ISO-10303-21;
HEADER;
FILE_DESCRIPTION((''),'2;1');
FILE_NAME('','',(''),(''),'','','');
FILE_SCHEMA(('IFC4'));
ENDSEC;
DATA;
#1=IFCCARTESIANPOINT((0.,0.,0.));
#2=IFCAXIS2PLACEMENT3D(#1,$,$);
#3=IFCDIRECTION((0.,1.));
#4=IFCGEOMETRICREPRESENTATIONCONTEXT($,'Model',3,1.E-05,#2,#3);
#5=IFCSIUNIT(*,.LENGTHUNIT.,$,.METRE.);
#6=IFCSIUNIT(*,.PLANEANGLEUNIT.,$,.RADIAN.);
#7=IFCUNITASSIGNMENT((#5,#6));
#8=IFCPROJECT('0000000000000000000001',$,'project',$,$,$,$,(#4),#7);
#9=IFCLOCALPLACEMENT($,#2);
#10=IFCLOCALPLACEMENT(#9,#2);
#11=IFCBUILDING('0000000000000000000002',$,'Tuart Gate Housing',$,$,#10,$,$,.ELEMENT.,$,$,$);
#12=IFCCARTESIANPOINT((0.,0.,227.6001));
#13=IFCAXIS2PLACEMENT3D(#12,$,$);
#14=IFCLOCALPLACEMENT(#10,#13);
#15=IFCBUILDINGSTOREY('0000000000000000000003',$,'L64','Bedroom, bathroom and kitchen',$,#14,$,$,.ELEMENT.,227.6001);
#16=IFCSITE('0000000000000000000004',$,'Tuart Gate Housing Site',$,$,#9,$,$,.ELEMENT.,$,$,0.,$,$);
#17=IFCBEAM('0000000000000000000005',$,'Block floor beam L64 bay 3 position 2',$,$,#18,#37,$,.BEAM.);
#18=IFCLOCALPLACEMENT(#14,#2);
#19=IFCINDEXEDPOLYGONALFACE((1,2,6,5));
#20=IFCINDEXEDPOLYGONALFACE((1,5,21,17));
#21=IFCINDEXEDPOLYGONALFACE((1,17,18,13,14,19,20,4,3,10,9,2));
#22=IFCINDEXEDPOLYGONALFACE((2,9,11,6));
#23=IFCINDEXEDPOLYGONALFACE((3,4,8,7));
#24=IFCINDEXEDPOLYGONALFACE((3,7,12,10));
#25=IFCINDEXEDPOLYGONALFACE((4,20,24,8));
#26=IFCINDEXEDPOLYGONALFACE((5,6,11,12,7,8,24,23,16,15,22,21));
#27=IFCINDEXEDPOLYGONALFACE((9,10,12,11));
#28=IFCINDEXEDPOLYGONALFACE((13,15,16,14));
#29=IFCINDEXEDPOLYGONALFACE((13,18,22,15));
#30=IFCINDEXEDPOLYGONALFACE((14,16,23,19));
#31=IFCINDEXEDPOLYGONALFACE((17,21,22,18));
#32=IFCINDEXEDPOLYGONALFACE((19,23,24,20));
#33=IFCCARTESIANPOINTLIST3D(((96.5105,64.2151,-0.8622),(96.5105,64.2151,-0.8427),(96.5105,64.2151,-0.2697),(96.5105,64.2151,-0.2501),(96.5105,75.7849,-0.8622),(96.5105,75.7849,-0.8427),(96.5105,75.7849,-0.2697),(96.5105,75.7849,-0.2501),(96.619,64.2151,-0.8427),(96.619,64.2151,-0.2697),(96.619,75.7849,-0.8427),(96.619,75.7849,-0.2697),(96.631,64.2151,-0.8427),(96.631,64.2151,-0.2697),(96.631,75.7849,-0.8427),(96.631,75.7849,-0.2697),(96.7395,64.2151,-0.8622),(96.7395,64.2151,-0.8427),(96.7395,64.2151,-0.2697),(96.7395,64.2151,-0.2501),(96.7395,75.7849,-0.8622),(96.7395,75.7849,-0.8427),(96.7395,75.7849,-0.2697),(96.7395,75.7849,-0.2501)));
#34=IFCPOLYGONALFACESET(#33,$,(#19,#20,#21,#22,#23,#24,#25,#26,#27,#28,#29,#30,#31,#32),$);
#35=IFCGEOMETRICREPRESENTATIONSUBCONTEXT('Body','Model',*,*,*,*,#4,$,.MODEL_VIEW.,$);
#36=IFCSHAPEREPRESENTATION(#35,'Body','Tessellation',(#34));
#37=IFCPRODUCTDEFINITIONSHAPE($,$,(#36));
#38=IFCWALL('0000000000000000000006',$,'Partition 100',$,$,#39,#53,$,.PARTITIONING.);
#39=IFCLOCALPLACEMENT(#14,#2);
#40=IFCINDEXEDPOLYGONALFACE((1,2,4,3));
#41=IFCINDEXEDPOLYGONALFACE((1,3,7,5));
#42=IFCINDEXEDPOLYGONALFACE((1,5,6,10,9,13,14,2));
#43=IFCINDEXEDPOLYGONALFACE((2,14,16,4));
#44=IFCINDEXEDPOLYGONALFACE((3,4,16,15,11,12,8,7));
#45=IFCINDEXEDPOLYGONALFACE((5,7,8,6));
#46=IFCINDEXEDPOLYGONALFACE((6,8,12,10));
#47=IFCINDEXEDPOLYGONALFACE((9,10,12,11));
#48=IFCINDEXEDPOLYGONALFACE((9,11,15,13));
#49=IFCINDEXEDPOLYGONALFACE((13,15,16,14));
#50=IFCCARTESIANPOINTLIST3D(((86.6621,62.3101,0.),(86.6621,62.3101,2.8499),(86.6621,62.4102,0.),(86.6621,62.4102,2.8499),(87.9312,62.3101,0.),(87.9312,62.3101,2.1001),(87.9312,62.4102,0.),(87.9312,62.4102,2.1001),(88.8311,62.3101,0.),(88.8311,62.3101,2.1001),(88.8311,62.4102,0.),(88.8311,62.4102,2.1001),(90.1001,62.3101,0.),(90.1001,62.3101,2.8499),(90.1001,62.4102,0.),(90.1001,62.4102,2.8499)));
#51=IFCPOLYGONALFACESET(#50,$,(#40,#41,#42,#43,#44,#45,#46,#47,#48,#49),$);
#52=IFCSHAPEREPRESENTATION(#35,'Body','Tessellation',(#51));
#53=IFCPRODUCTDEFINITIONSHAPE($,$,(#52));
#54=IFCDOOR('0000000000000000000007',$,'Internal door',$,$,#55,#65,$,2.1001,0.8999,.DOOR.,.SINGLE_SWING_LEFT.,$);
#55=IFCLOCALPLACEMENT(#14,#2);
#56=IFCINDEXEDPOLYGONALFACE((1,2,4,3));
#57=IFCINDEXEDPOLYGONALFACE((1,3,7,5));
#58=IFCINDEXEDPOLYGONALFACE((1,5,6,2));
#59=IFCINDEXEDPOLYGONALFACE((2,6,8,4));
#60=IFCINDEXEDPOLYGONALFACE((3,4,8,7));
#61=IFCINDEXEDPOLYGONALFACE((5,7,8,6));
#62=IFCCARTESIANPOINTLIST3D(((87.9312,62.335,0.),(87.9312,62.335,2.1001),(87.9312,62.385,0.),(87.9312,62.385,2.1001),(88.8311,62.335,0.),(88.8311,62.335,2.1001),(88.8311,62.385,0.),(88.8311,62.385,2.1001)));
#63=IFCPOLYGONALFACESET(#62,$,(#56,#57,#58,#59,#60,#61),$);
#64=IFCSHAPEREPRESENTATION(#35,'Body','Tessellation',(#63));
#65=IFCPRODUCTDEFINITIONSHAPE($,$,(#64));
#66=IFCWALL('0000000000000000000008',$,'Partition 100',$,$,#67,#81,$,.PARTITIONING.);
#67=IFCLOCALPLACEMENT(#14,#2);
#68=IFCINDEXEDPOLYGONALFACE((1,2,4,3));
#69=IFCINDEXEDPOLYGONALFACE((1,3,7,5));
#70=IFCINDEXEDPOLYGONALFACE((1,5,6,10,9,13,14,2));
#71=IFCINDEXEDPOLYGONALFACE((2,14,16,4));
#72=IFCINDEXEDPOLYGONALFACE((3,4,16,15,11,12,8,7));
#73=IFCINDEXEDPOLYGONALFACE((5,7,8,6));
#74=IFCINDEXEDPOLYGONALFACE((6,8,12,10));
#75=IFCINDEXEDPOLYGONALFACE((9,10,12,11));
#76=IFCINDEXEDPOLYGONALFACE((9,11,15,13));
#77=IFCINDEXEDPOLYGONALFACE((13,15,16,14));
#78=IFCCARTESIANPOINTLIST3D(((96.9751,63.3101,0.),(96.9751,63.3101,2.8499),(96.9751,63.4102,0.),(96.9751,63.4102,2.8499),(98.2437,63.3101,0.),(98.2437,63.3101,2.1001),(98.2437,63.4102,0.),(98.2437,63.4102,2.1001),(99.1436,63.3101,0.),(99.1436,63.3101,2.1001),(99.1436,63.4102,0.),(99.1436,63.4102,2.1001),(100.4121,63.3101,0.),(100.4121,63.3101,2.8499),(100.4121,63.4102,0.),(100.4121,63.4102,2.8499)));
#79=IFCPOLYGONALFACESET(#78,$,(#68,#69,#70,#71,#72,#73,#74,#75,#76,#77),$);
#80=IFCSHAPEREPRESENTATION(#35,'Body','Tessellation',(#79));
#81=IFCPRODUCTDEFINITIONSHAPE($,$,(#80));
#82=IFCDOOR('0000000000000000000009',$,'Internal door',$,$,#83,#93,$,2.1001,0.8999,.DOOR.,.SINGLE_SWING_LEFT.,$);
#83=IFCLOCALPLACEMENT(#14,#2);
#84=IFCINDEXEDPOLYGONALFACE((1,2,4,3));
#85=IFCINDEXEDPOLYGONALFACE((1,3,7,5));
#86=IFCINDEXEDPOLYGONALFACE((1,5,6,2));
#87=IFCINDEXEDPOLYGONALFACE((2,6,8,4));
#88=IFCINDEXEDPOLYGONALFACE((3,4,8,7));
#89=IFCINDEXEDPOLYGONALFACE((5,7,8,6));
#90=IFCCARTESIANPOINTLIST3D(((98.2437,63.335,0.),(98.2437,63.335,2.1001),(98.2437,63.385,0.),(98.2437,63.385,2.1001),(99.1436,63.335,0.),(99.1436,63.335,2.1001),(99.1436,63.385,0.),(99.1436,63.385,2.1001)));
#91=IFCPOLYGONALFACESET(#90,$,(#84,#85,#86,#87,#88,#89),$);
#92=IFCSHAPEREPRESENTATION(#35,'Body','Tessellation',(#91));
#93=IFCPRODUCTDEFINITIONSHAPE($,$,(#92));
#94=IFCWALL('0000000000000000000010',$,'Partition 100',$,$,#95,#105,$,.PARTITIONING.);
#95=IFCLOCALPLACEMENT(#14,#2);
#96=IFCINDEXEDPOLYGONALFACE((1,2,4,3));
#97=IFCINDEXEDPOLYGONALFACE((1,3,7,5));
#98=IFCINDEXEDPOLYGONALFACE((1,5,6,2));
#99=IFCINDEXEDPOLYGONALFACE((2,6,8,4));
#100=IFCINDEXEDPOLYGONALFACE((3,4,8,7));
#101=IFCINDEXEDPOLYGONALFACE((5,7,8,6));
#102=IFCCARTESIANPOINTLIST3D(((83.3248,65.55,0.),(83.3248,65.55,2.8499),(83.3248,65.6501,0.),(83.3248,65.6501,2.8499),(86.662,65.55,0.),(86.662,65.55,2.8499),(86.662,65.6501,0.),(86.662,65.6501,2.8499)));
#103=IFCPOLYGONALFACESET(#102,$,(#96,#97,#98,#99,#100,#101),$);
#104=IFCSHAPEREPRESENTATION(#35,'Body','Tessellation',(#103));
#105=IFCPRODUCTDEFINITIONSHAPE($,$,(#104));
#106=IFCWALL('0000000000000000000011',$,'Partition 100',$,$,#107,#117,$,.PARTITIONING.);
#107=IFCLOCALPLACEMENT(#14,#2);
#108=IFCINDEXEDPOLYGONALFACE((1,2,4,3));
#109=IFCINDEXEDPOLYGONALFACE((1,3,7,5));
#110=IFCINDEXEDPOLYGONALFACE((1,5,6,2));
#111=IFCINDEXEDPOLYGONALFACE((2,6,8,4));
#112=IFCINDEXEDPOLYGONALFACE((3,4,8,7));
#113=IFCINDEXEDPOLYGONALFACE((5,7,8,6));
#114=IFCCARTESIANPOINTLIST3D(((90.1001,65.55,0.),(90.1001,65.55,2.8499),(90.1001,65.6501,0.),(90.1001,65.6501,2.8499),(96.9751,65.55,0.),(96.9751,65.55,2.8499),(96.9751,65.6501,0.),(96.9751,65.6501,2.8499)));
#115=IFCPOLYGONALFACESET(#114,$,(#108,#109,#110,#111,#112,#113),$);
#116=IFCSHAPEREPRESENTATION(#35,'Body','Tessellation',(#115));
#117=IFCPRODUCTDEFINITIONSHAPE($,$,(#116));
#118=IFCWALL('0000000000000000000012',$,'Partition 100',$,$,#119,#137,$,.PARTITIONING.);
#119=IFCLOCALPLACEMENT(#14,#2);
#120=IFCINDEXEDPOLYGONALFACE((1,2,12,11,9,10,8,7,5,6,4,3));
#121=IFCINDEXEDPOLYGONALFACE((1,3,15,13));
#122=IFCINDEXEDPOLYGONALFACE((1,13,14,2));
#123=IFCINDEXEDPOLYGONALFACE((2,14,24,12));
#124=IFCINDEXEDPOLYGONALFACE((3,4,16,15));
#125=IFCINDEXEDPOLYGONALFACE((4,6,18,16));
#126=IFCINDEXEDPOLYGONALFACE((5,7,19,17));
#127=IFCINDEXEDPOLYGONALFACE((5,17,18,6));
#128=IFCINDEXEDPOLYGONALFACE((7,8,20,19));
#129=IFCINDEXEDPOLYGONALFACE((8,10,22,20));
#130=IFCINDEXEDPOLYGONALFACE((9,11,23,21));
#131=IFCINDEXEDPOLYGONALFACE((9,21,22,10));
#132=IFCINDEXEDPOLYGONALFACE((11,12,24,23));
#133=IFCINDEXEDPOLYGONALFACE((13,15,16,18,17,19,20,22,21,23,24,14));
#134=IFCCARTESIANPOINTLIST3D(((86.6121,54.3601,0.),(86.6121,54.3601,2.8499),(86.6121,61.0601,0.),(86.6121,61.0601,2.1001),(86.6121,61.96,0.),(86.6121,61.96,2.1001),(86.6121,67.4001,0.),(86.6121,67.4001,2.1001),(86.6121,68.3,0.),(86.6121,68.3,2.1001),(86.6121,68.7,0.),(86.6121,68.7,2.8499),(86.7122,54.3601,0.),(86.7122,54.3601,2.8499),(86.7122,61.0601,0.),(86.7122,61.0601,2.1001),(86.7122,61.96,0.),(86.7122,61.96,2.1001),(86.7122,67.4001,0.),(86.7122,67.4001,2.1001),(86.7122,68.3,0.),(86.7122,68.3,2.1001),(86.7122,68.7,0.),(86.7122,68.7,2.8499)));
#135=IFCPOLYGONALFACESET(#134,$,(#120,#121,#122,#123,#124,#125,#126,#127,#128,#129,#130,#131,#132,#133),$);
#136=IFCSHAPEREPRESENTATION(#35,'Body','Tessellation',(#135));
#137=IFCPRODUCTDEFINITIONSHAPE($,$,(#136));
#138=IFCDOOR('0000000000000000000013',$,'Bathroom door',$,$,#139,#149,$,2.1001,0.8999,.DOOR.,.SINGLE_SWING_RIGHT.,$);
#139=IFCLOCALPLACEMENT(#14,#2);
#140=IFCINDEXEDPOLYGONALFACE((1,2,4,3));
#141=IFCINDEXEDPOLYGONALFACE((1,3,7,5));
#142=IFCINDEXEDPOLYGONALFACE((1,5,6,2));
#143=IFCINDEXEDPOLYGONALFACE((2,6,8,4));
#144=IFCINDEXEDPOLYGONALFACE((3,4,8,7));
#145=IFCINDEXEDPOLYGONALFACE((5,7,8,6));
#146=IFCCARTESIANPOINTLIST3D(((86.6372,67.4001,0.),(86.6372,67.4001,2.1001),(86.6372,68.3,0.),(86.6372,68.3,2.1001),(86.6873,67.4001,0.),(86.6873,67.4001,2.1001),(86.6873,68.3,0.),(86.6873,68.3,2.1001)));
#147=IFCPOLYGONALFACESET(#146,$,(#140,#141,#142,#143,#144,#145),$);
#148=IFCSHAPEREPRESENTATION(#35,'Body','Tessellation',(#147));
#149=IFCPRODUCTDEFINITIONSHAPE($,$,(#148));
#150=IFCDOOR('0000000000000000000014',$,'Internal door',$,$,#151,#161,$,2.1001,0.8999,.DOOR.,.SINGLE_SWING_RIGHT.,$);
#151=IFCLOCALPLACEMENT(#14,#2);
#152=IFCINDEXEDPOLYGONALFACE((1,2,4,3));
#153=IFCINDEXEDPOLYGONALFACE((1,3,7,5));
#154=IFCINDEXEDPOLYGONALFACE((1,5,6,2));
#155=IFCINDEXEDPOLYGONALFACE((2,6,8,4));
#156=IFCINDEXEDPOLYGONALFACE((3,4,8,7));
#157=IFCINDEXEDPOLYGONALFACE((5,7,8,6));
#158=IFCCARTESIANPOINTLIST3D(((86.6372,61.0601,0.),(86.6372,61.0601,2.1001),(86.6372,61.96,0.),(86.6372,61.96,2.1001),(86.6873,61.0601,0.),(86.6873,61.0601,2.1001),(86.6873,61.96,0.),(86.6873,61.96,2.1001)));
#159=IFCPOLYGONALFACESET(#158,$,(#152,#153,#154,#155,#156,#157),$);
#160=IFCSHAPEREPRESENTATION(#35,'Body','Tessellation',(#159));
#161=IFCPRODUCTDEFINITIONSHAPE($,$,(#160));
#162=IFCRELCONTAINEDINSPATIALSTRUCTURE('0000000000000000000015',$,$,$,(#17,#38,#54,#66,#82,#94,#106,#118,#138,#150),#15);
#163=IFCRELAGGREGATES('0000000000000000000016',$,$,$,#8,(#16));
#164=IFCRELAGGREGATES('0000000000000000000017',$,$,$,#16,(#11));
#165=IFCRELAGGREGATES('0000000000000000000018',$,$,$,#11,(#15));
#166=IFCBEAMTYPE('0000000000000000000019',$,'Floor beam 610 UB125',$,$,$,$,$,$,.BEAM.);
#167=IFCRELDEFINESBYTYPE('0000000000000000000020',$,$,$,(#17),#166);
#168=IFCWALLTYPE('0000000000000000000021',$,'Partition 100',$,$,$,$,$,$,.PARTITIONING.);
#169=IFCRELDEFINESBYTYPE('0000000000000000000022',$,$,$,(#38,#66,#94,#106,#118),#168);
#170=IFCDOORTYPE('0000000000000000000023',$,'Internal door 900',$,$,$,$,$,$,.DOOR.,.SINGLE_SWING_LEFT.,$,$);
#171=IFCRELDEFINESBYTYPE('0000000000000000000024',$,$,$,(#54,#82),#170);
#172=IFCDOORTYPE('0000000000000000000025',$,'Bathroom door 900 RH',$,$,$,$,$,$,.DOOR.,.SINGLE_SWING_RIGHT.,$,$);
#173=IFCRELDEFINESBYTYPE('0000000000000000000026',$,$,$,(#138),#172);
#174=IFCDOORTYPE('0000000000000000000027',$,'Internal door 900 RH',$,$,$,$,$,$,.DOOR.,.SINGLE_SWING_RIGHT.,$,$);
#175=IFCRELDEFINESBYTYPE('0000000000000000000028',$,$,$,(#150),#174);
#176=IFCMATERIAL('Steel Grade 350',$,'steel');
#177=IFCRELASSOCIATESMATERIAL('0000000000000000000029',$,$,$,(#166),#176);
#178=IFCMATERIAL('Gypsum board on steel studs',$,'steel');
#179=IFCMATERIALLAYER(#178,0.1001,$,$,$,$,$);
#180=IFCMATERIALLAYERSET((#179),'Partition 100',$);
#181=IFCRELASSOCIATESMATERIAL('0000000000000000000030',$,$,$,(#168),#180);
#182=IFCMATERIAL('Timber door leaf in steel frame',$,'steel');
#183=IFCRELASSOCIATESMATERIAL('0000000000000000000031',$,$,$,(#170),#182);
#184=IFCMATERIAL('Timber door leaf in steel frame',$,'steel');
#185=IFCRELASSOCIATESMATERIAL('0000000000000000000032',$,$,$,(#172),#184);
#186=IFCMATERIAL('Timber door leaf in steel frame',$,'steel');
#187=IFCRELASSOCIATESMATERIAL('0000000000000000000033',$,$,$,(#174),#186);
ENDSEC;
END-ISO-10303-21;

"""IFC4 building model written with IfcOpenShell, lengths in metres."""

from ifc_helpers import new_model, si_unit, direction, frame, frame_2d, origin, origin_2d, place, context, subcontext, project, spatial, rectangle, i_section, extrude, material, layer, layer_set, material_profile, profile_set, type_object, element, fill, save


model = new_model("IFC4")

# Units and contexts
model_context = context("Model", 3, precision=1e-05, world=origin(), true_north=direction((0.0, 1.0)))
body_context = subcontext(model_context, "Body", "Model", "MODEL_VIEW")
ifc_project = project(units=[si_unit("LENGTHUNIT", "METRE"), si_unit("PLANEANGLEUNIT", "RADIAN")], contexts=[model_context])

# Site, building, storey
site_placement = place(None, origin())
site = spatial("IfcSite", under=ifc_project, at=site_placement, Name="Tuart Gate Housing Site", CompositionType="ELEMENT", RefElevation=0.0)
building_placement = place(site_placement, origin())
building = spatial("IfcBuilding", under=site, at=building_placement, Name="Tuart Gate Housing", CompositionType="ELEMENT")
storey_placement = place(building_placement, frame((0.0, 0.0, 227.6001)))
storey = spatial("IfcBuildingStorey", under=building, at=storey_placement, Name="L64", Description="Bedroom, bathroom and kitchen", CompositionType="ELEMENT", Elevation=227.6001)

# Beam
ifc_material_1 = material(Name="Steel Grade 350", Category="steel")
ifc_material_profile_1 = material_profile(ifc_material_1, i_section(OverallWidth=0.229, OverallDepth=0.6121, WebThickness=0.012, FlangeThickness=0.0195, at=origin_2d()), Name="610UB125")
ifc_profile_set_1 = profile_set([ifc_material_profile_1], Name="Steel Grade 350")
beam_type_1 = type_object("IfcBeamType", Name="Floor beam 610 UB125", PredefinedType="BEAM", material=ifc_profile_set_1)
for number, where, z_axis, x_axis, name in (
    (1, (96.625, 64.2151, -0.5562), (0.0, 1.0, 0.0), (-1.0, 0.0, 0.0), "Block floor beam L64 bay 3 position 2"),
):
    element("IfcBeam", number, at=place(storey_placement, frame(where, z_axis=z_axis, x_axis=x_axis)), inside=storey, type_object=beam_type_1, Name=name, PredefinedType="BEAM", context=body_context, shape_type="SweptSolid", body=[
        extrude(i_section(OverallWidth=0.229, OverallDepth=0.6121, WebThickness=0.012, FlangeThickness=0.0195, at=origin_2d()), origin(), (0.0, 0.0, 1.0), 11.5698),
    ])

# Walls, openings, doors
ifc_material_2 = material(Name="Gypsum board on steel studs", Category="steel")
ifc_layer_1 = layer(ifc_material_2, 0.1001)
ifc_layer_set_1 = layer_set([ifc_layer_1], Name="Partition 100")
wall_type_1 = type_object("IfcWallType", Name="Partition 100", PredefinedType="PARTITIONING", material=ifc_layer_set_1)
wall_1_placement = place(storey_placement, frame((86.6621, 62.3601, 0.0), z_axis=(0.0, 0.0, 1.0), x_axis=(1.0, 0.0, 0.0)))
wall_1 = element("IfcWall", 2, at=wall_1_placement, inside=storey, type_object=wall_type_1, Name="Partition 100", PredefinedType="PARTITIONING", context=body_context, shape_type="SweptSolid", body=[
    extrude(rectangle(XDim=3.438, YDim=0.1001, at=frame_2d((1.719, 0.0))), origin(), (0.0, 0.0, 1.0), 2.8499),
])
opening_1_placement = place(wall_1_placement, frame((1.269, 0.0, 0.0)))
opening_1 = element("IfcOpeningElement", 3, at=opening_1_placement, cuts=wall_1, PredefinedType="OPENING", context=body_context, shape_type="SweptSolid", body=[
    extrude(rectangle(XDim=0.8999, YDim=2.1001, at=frame_2d((0.45, 1.05))), frame((0.0, 0.0601, 0.0), z_axis=(0.0, -1.0, 0.0), x_axis=(1.0, 0.0, 0.0)), (0.0, 0.0, 1.0), 0.1201),
])
ifc_material_3 = material(Name="Timber door leaf in steel frame", Category="steel")
door_type_1 = type_object("IfcDoorType", Name="Internal door 900", OperationType="SINGLE_SWING_LEFT", PredefinedType="DOOR", material=ifc_material_3)
door_1_placement = place(opening_1_placement, origin())
door_1 = element("IfcDoor", 4, at=door_1_placement, inside=storey, type_object=door_type_1, Name="Internal door", OperationType="SINGLE_SWING_LEFT", OverallHeight=2.1001, OverallWidth=0.8999, PredefinedType="DOOR", context=body_context, shape_type="SweptSolid", body=[
    extrude(rectangle(XDim=0.8999, YDim=2.1001, at=frame_2d((0.45, 1.05))), frame((0.0, 0.0249, 0.0), z_axis=(0.0, -1.0, 0.0), x_axis=(1.0, 0.0, 0.0)), (0.0, 0.0, 1.0), 0.05),
])
fill(opening_1, door_1)
wall_2_placement = place(storey_placement, frame((96.9751, 63.3601, 0.0), z_axis=(0.0, 0.0, 1.0), x_axis=(1.0, 0.0, 0.0)))
wall_2 = element("IfcWall", 5, at=wall_2_placement, inside=storey, type_object=wall_type_1, Name="Partition 100", PredefinedType="PARTITIONING", context=body_context, shape_type="SweptSolid", body=[
    extrude(rectangle(XDim=3.437, YDim=0.1001, at=frame_2d((1.7185, 0.0))), origin(), (0.0, 0.0, 1.0), 2.8499),
])
opening_2_placement = place(wall_2_placement, frame((1.2686, 0.0, 0.0)))
opening_2 = element("IfcOpeningElement", 6, at=opening_2_placement, cuts=wall_2, PredefinedType="OPENING", context=body_context, shape_type="SweptSolid", body=[
    extrude(rectangle(XDim=0.8999, YDim=2.1001, at=frame_2d((0.45, 1.05))), frame((0.0, 0.0601, 0.0), z_axis=(0.0, -1.0, 0.0), x_axis=(1.0, 0.0, 0.0)), (0.0, 0.0, 1.0), 0.1201),
])
door_2_placement = place(opening_2_placement, origin())
door_2 = element("IfcDoor", 7, at=door_2_placement, inside=storey, type_object=door_type_1, Name="Internal door", OperationType="SINGLE_SWING_LEFT", OverallHeight=2.1001, OverallWidth=0.8999, PredefinedType="DOOR", context=body_context, shape_type="SweptSolid", body=[
    extrude(rectangle(XDim=0.8999, YDim=2.1001, at=frame_2d((0.45, 1.05))), frame((0.0, 0.0249, 0.0), z_axis=(0.0, -1.0, 0.0), x_axis=(1.0, 0.0, 0.0)), (0.0, 0.0, 1.0), 0.05),
])
fill(opening_2, door_2)

# Walls
wall_3_placement = place(storey_placement, frame((83.325, 65.6001, 0.0), z_axis=(0.0, 0.0, 1.0), x_axis=(1.0, 0.0, 0.0)))
element("IfcWall", 8, at=wall_3_placement, inside=storey, type_object=wall_type_1, Name="Partition 100", PredefinedType="PARTITIONING", context=body_context, shape_type="SweptSolid", body=[
    extrude(rectangle(XDim=3.3372, YDim=0.1001, at=frame_2d((1.6685, 0.0))), origin(), (0.0, 0.0, 1.0), 2.8499),
])
wall_4_placement = place(storey_placement, frame((90.1001, 65.6001, 0.0), z_axis=(0.0, 0.0, 1.0), x_axis=(1.0, 0.0, 0.0)))
element("IfcWall", 9, at=wall_4_placement, inside=storey, type_object=wall_type_1, Name="Partition 100", PredefinedType="PARTITIONING", context=body_context, shape_type="SweptSolid", body=[
    extrude(rectangle(XDim=6.875, YDim=0.1001, at=frame_2d((3.4375, 0.0))), origin(), (0.0, 0.0, 1.0), 2.8499),
])

# Wall, openings, doors
wall_5_placement = place(storey_placement, frame((86.6621, 54.3601, 0.0), z_axis=(0.0, 0.0, 1.0), x_axis=(0.0, 1.0, 0.0)))
wall_5 = element("IfcWall", 10, at=wall_5_placement, inside=storey, type_object=wall_type_1, Name="Partition 100", PredefinedType="PARTITIONING", context=body_context, shape_type="SweptSolid", body=[
    extrude(rectangle(XDim=14.3398, YDim=0.1001, at=frame_2d((7.1699, 0.0))), origin(), (0.0, 0.0, 1.0), 2.8499),
])
opening_3_placement = place(wall_5_placement, frame((6.7, 0.0, 0.0)))
opening_3 = element("IfcOpeningElement", 11, at=opening_3_placement, cuts=wall_5, PredefinedType="OPENING", context=body_context, shape_type="SweptSolid", body=[
    extrude(rectangle(XDim=0.8999, YDim=2.1001, at=frame_2d((0.45, 1.05))), frame((0.0, 0.0601, 0.0), z_axis=(0.0, -1.0, 0.0), x_axis=(1.0, 0.0, 0.0)), (0.0, 0.0, 1.0), 0.1201),
])
opening_4_placement = place(wall_5_placement, frame((13.04, 0.0, 0.0)))
opening_4 = element("IfcOpeningElement", 12, at=opening_4_placement, cuts=wall_5, PredefinedType="OPENING", context=body_context, shape_type="SweptSolid", body=[
    extrude(rectangle(XDim=0.8999, YDim=2.1001, at=frame_2d((0.45, 1.05))), frame((0.0, 0.0601, 0.0), z_axis=(0.0, -1.0, 0.0), x_axis=(1.0, 0.0, 0.0)), (0.0, 0.0, 1.0), 0.1201),
])
ifc_material_4 = material(Name="Timber door leaf in steel frame", Category="steel")
door_type_2 = type_object("IfcDoorType", Name="Bathroom door 900 RH", OperationType="SINGLE_SWING_RIGHT", PredefinedType="DOOR", material=ifc_material_4)
door_3_placement = place(opening_4_placement, origin())
door_3 = element("IfcDoor", 13, at=door_3_placement, inside=storey, type_object=door_type_2, Name="Bathroom door", OperationType="SINGLE_SWING_RIGHT", OverallHeight=2.1001, OverallWidth=0.8999, PredefinedType="DOOR", context=body_context, shape_type="SweptSolid", body=[
    extrude(rectangle(XDim=0.8999, YDim=2.1001, at=frame_2d((0.45, 1.05))), frame((0.0, 0.0249, 0.0), z_axis=(0.0, -1.0, 0.0), x_axis=(1.0, 0.0, 0.0)), (0.0, 0.0, 1.0), 0.05),
])
fill(opening_4, door_3)
ifc_material_5 = material(Name="Timber door leaf in steel frame", Category="steel")
door_type_3 = type_object("IfcDoorType", Name="Internal door 900 RH", OperationType="SINGLE_SWING_RIGHT", PredefinedType="DOOR", material=ifc_material_5)
door_4_placement = place(opening_3_placement, origin())
door_4 = element("IfcDoor", 14, at=door_4_placement, inside=storey, type_object=door_type_3, Name="Internal door", OperationType="SINGLE_SWING_RIGHT", OverallHeight=2.1001, OverallWidth=0.8999, PredefinedType="DOOR", context=body_context, shape_type="SweptSolid", body=[
    extrude(rectangle(XDim=0.8999, YDim=2.1001, at=frame_2d((0.45, 1.05))), frame((0.0, 0.0249, 0.0), z_axis=(0.0, -1.0, 0.0), x_axis=(1.0, 0.0, 0.0)), (0.0, 0.0, 1.0), 0.05),
])
fill(opening_3, door_4)

save(model, "model.ifc")
